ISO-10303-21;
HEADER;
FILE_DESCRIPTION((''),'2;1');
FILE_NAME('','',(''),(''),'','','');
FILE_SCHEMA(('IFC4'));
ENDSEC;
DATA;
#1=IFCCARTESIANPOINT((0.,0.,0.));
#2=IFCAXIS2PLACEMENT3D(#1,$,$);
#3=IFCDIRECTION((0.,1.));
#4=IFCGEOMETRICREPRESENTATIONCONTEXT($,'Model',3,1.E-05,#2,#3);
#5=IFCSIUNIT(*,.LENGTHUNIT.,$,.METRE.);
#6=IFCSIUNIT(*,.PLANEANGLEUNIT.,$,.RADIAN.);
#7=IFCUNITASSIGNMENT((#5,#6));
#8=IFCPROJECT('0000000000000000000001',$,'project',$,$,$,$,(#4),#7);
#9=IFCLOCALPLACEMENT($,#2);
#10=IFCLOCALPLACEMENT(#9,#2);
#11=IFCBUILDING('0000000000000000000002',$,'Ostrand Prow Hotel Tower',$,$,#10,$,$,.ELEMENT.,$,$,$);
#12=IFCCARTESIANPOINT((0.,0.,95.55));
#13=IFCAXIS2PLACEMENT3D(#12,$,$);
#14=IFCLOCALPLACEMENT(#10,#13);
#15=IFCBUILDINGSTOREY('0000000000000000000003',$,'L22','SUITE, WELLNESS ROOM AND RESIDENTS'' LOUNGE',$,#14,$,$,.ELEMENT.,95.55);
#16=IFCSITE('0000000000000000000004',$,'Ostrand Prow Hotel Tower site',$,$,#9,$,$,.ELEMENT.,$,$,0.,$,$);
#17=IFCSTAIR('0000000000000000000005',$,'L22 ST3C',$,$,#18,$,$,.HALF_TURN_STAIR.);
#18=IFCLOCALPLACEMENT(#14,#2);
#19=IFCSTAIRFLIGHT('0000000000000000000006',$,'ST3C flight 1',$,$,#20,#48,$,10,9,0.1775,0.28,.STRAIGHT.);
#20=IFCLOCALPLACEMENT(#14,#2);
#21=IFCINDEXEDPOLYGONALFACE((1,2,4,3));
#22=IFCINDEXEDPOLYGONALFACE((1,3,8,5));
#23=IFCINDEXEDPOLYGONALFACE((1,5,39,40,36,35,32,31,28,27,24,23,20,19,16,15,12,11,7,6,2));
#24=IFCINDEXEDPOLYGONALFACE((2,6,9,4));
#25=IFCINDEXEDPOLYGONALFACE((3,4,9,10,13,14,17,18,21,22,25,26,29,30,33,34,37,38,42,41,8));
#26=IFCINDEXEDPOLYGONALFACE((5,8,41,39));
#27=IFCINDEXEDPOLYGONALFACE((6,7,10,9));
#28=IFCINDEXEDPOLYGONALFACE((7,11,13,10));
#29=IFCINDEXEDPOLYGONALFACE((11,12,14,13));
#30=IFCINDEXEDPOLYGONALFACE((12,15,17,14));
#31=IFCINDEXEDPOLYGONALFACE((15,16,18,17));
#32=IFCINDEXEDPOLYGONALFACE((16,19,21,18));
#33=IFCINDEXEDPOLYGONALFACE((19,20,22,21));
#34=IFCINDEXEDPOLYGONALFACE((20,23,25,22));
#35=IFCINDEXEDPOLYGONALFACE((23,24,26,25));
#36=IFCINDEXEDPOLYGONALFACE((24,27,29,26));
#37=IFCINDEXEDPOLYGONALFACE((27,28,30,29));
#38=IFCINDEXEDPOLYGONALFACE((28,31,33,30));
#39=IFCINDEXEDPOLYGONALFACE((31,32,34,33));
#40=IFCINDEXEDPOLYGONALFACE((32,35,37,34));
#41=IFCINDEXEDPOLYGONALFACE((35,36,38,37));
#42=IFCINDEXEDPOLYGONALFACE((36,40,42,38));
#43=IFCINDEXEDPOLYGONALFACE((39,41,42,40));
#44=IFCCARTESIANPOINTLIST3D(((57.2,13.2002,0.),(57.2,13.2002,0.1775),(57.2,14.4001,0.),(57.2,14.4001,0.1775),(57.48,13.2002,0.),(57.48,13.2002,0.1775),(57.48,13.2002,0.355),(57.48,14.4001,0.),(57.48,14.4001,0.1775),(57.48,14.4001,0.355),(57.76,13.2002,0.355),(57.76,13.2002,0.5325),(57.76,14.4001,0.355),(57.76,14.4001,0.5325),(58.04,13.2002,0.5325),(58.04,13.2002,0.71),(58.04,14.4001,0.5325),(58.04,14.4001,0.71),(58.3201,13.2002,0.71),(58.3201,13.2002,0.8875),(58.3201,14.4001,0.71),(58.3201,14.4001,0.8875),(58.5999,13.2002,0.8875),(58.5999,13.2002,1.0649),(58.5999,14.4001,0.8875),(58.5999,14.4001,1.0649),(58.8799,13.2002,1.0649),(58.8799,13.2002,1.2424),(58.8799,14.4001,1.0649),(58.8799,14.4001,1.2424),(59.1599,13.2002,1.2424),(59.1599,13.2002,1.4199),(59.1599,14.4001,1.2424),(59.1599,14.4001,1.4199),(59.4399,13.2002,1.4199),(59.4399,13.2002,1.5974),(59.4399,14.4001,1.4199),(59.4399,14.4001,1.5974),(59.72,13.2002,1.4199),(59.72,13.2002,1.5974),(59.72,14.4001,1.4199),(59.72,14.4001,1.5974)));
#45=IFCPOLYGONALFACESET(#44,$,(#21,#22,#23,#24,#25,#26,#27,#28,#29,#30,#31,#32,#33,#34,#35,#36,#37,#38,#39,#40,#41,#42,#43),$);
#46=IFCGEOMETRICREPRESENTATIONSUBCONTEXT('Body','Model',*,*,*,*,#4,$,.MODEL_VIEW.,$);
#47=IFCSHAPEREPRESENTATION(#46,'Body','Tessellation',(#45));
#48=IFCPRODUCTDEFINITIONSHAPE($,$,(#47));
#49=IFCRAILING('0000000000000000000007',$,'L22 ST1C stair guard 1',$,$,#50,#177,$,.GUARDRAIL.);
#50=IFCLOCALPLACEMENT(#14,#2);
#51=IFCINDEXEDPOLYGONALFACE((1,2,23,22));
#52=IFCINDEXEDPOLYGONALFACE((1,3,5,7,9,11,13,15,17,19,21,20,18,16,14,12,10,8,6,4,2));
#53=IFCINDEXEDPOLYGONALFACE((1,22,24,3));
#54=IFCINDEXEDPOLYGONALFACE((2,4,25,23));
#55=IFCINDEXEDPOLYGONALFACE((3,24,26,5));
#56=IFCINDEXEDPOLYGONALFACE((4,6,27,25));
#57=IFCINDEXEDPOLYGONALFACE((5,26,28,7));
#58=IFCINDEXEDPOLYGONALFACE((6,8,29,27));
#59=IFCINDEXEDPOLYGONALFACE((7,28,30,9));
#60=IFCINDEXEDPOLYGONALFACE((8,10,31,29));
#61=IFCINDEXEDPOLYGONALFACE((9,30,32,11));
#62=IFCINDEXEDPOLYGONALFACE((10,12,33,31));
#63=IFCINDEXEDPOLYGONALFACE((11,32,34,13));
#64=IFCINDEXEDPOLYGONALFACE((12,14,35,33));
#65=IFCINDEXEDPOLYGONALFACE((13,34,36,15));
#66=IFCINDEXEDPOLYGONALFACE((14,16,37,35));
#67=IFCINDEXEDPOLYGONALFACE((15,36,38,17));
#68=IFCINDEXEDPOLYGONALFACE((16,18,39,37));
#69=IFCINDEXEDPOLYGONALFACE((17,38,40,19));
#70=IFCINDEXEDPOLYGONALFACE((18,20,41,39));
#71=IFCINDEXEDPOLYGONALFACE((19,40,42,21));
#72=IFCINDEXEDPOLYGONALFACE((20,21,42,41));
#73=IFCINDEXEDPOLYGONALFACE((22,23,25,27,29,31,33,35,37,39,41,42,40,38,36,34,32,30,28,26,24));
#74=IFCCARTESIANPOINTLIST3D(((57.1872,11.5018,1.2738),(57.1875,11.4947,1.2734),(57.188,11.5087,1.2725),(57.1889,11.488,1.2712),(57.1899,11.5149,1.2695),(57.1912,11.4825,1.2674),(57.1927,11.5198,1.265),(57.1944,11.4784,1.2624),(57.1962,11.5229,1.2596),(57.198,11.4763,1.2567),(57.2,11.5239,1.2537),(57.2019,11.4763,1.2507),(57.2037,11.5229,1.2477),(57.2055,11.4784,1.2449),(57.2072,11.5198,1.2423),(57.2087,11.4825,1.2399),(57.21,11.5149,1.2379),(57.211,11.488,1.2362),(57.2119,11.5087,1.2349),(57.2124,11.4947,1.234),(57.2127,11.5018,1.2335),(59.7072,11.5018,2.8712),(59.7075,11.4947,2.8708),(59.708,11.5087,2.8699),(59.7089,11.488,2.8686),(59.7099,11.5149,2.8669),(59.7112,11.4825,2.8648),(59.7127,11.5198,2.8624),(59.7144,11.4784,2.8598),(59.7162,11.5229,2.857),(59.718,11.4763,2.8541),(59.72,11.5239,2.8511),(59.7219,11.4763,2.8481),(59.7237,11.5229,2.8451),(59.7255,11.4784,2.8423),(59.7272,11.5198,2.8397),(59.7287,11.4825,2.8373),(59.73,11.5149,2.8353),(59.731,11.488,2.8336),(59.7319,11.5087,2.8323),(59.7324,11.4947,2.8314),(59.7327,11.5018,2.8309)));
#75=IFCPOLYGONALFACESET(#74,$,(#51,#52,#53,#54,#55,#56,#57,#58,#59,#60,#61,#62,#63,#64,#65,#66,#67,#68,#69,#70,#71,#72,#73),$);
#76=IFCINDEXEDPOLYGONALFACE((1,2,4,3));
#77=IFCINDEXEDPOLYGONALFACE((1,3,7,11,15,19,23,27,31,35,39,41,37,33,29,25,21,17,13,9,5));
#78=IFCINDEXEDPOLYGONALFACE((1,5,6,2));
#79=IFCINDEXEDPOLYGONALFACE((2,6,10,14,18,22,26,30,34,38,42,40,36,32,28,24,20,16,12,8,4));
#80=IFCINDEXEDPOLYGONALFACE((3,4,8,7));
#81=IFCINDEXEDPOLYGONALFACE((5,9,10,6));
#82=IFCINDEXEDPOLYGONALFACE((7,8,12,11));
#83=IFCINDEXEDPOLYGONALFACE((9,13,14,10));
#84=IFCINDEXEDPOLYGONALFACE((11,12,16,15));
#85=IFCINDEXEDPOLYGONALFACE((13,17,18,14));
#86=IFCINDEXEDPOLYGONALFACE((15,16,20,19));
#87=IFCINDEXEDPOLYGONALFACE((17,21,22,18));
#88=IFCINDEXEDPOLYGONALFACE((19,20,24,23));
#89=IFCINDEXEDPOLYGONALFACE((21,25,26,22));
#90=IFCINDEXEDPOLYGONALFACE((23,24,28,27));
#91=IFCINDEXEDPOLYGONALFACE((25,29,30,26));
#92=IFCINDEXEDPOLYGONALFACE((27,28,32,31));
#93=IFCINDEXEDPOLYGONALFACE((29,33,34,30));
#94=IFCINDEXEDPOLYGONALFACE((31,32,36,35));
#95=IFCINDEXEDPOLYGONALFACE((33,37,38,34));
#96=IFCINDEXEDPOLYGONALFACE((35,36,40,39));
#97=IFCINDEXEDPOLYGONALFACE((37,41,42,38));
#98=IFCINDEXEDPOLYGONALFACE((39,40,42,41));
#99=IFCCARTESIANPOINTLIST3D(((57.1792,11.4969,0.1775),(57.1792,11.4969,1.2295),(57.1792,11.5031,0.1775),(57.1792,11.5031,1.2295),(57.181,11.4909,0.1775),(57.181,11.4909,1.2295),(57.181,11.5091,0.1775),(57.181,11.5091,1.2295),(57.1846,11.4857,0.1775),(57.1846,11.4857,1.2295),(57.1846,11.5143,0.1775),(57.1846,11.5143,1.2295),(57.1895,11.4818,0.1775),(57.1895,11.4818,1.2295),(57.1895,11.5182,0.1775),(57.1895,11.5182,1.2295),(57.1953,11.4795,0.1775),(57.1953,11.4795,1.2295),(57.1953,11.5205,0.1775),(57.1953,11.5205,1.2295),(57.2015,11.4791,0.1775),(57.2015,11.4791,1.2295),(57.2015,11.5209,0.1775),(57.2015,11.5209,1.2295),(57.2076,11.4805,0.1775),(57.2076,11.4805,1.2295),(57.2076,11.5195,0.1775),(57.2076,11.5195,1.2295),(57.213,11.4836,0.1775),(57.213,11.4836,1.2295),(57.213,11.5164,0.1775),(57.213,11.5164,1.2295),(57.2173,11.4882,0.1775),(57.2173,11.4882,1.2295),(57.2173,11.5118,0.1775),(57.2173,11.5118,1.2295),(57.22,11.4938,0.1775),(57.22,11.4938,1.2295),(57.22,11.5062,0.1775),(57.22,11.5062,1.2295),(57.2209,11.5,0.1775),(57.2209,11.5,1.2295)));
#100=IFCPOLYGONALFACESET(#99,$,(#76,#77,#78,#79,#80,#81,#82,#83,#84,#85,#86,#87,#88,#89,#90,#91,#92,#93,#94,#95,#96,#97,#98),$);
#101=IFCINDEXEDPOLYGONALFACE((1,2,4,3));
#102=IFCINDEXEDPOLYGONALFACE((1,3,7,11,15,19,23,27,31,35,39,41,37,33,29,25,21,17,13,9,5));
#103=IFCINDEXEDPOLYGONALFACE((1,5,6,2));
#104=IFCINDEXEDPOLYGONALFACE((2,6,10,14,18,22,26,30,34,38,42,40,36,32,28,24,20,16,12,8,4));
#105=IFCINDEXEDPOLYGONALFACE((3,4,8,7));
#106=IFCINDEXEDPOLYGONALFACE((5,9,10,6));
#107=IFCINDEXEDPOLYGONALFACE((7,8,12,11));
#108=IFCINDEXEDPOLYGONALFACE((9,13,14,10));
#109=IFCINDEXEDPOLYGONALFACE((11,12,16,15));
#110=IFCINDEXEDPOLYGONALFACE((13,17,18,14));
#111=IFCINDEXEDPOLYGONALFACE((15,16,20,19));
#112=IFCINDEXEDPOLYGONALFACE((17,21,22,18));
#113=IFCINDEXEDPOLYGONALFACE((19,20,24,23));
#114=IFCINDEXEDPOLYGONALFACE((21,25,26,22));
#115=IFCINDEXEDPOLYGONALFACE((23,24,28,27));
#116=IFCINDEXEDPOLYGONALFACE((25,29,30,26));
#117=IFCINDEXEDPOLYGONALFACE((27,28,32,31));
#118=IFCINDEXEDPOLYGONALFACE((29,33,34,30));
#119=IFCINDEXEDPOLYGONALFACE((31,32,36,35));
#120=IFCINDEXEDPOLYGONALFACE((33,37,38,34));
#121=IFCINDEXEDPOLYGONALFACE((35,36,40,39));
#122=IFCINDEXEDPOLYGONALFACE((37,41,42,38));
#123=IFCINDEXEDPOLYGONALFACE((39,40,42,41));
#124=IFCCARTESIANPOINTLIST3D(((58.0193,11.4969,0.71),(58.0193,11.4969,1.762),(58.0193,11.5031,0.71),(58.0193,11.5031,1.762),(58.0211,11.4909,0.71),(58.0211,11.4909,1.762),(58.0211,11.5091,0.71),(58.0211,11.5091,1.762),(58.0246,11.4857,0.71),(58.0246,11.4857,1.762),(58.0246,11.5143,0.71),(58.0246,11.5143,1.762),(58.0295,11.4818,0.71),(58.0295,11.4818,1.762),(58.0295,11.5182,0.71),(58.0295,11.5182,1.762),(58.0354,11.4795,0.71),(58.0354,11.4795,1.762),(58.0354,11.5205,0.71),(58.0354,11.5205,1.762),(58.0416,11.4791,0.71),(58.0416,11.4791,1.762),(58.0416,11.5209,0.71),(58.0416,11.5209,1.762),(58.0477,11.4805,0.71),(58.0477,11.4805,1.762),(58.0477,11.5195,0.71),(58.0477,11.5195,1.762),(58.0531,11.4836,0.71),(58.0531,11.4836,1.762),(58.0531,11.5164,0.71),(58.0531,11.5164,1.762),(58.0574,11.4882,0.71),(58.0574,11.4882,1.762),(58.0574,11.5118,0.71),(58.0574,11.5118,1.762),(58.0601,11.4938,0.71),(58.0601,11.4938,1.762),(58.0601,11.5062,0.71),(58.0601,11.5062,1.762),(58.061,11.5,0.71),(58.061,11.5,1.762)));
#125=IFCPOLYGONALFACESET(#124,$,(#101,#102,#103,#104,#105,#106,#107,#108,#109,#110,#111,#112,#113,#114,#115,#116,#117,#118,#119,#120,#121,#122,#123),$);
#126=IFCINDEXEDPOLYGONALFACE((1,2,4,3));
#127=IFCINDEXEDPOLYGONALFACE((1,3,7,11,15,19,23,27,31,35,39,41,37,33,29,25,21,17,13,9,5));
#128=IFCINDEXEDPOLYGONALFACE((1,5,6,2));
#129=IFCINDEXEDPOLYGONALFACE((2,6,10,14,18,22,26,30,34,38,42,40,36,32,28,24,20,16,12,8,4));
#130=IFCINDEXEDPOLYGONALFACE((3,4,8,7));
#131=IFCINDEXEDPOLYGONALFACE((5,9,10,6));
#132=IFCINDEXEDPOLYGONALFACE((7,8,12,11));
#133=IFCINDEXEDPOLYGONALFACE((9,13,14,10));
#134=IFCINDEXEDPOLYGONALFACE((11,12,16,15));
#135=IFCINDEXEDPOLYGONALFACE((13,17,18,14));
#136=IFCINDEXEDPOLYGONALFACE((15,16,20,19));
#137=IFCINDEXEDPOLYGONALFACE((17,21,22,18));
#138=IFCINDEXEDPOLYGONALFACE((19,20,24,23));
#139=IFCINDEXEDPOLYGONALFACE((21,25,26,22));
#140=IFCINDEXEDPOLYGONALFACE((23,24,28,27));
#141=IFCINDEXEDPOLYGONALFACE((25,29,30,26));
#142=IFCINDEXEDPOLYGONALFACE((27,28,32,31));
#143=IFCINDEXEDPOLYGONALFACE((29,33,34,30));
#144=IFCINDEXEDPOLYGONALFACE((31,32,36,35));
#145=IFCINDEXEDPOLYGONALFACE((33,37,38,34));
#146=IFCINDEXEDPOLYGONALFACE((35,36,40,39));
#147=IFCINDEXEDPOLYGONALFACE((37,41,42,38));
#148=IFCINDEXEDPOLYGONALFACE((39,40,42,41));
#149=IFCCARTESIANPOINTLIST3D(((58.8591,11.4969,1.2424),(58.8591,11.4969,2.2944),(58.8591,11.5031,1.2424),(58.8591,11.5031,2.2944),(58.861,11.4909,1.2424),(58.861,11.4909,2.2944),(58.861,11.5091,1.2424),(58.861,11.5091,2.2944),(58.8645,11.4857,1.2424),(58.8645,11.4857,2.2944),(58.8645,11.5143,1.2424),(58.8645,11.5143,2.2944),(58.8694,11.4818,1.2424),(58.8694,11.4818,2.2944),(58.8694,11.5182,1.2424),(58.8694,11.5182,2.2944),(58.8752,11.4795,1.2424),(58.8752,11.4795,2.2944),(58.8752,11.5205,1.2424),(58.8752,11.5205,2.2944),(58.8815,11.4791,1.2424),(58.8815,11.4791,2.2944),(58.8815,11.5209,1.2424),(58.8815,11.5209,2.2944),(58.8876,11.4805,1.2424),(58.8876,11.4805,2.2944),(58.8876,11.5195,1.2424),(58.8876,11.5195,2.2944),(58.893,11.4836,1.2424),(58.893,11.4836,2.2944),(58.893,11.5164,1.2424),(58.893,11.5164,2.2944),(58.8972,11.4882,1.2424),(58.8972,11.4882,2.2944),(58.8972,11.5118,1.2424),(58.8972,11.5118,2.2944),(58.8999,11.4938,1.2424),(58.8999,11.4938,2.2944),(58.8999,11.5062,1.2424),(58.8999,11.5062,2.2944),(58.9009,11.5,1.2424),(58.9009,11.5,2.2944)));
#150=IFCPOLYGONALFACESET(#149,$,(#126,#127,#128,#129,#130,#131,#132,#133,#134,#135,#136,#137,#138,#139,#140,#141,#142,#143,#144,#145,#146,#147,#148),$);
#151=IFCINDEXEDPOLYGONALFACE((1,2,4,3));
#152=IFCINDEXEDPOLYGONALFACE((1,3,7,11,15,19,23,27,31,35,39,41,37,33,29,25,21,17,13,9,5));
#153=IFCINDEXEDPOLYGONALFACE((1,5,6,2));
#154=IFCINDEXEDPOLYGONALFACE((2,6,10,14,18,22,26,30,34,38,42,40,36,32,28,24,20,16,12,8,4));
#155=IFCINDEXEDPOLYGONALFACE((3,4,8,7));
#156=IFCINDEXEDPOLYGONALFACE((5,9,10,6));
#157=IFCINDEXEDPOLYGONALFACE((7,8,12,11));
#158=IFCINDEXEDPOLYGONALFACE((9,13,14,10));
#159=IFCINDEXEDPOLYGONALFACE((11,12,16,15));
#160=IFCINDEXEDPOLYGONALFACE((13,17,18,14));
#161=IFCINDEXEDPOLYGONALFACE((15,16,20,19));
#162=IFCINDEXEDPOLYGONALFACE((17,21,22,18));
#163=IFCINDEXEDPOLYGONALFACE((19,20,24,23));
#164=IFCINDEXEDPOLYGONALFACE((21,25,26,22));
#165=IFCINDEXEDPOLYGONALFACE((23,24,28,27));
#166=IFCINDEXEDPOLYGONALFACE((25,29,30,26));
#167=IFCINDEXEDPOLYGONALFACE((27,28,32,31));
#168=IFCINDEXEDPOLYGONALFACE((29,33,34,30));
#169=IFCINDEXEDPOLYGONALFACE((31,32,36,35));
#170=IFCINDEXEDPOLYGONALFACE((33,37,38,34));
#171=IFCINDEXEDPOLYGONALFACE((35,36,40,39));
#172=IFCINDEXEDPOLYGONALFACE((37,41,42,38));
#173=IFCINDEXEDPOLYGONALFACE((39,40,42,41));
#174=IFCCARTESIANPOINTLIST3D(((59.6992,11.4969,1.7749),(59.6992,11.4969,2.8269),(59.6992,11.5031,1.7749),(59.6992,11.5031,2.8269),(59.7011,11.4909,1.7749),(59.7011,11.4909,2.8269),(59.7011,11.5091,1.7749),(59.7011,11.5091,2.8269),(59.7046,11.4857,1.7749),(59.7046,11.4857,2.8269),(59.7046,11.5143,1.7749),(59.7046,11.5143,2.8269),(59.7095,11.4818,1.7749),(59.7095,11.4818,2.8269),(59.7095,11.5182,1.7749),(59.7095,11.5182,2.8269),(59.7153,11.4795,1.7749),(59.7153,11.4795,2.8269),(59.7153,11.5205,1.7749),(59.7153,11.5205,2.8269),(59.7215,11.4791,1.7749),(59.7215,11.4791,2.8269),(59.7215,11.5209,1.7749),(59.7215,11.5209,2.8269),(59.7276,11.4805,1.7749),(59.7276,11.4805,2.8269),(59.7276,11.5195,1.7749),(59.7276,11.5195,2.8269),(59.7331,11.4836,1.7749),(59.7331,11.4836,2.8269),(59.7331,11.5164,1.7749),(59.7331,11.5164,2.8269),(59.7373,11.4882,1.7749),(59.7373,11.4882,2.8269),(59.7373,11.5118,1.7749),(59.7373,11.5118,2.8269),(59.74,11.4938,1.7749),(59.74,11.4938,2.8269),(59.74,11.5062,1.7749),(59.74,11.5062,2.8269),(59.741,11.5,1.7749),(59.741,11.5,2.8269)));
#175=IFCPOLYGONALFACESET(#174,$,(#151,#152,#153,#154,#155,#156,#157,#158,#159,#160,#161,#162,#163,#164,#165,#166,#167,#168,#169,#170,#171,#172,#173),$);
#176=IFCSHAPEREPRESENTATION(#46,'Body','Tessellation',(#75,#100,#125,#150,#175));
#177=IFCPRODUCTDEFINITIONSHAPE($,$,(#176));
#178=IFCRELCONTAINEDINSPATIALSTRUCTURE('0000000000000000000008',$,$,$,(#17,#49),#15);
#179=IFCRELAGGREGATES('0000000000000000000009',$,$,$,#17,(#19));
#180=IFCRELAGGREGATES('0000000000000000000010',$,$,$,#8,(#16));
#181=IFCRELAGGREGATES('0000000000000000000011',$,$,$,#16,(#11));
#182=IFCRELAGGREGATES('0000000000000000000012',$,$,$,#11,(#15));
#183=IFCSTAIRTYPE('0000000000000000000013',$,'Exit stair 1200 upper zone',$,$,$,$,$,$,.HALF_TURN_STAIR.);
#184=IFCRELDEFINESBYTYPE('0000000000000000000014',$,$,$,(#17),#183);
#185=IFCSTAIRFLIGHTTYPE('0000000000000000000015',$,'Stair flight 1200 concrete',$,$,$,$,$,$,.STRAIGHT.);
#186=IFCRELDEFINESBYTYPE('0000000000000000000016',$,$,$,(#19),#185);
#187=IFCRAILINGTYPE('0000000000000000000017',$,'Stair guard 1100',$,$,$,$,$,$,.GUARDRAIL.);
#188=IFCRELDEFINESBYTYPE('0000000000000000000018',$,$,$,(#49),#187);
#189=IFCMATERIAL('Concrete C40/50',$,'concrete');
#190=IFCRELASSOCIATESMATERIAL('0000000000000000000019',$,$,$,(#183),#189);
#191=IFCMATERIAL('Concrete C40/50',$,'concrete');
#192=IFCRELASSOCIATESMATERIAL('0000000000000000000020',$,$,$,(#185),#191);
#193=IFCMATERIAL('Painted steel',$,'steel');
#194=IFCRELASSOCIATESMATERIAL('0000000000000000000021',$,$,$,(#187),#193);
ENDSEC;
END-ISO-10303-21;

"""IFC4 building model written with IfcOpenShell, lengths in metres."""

from ifc_helpers import new_model, si_unit, direction, frame, origin, origin_2d, place, context, subcontext, project, spatial, polyline, circle, outline, extrude, material, type_object, element, aggregate, save


model = new_model("IFC4")

# Units and contexts
model_context = context("Model", 3, precision=1e-05, world=origin(), true_north=direction((0.0, 1.0)))
body_context = subcontext(model_context, "Body", "Model", "MODEL_VIEW")
ifc_project = project(units=[si_unit("LENGTHUNIT", "METRE"), si_unit("PLANEANGLEUNIT", "RADIAN")], contexts=[model_context])

# Site, building, storey
site_placement = place(None, origin())
site = spatial("IfcSite", under=ifc_project, at=site_placement, Name="Ostrand Prow Hotel Tower site", CompositionType="ELEMENT", RefElevation=0.0)
building_placement = place(site_placement, origin())
building = spatial("IfcBuilding", under=site, at=building_placement, Name="Ostrand Prow Hotel Tower", CompositionType="ELEMENT")
storey_placement = place(building_placement, frame((0.0, 0.0, 95.55)))
storey = spatial("IfcBuildingStorey", under=building, at=storey_placement, Name="L22", Description="SUITE, WELLNESS ROOM AND RESIDENTS' LOUNGE", CompositionType="ELEMENT", Elevation=95.55)

# Shared definitions
ifc_material_1 = material(Name="Concrete C40/50", Category="concrete")
stair_type = type_object("IfcStairType", Name="Exit stair 1200 upper zone", PredefinedType="HALF_TURN_STAIR", material=ifc_material_1)
ifc_material_2 = material(Name="Concrete C40/50", Category="concrete")
stair_flight_type = type_object("IfcStairFlightType", Name="Stair flight 1200 concrete", PredefinedType="STRAIGHT", material=ifc_material_2)

# Stair, stair flight
stair_1_placement = place(storey_placement, origin())
stair_1 = element("IfcStair", 1, at=stair_1_placement, inside=storey, type_object=stair_type, Name="L22 ST3C", PredefinedType="HALF_TURN_STAIR")
stair_flight_1_placement = place(storey_placement, frame((57.2, 13.8, 0.0), z_axis=(0.0, 0.0, 1.0), x_axis=(1.0, 0.0, 0.0)))
stair_flight_1 = element("IfcStairFlight", 2, at=stair_flight_1_placement, type_object=stair_flight_type, Name="ST3C flight 1", NumberOfRisers=10, NumberOfTreads=9, PredefinedType="STRAIGHT", RiserHeight=0.1775, TreadLength=0.28, context=body_context, shape_type="SweptSolid", body=[
    extrude(outline(polyline([(0.0, 0.0), (0.0, 0.1775), (0.28, 0.1775), (0.28, 0.355), (0.5601, 0.355), (0.5601, 0.5325), (0.8401, 0.5325), (0.8401, 0.71), (1.1201, 0.71), (1.1201, 0.8875), (1.3999, 0.8875), (1.3999, 1.0649), (1.6799, 1.0649), (1.6799, 1.2424), (1.96, 1.2424), (1.96, 1.4199), (2.24, 1.4199), (2.24, 1.5974), (2.52, 1.5974), (2.52, 1.7749), (2.52, 1.4199), (0.28, 0.0), (0.0, 0.0)])), frame((0.0, 0.6001, 0.0), z_axis=(0.0, -1.0, 0.0), x_axis=(1.0, 0.0, 0.0)), (0.0, 0.0, 1.0), 1.2),
])
aggregate(stair_1, [stair_flight_1])

# Railing
ifc_material_3 = material(Name="Painted steel", Category="steel")
railing_type_1 = type_object("IfcRailingType", Name="Stair guard 1100", PredefinedType="GUARDRAIL", material=ifc_material_3)
railing_1_placement = place(storey_placement, frame((57.2, 11.5, 0.1775)))
element("IfcRailing", 3, at=railing_1_placement, inside=storey, type_object=railing_type_1, Name="L22 ST1C stair guard 1", PredefinedType="GUARDRAIL", context=body_context, shape_type="SweptSolid", body=[
    extrude(circle(Radius=0.0239, at=origin_2d()), frame((0.0, 0.0, 1.0762), z_axis=(0.844607, 0.0, 0.535387), x_axis=(0.0, 1.0, 0.0)), (0.0, 0.0, 1.0), 2.9836),
    extrude(circle(Radius=0.021, at=origin_2d()), origin(), (0.0, 0.0, 1.0), 1.052),
    extrude(circle(Radius=0.021, at=origin_2d()), frame((0.8401, 0.0, 0.5325)), (0.0, 0.0, 1.0), 1.052),
    extrude(circle(Radius=0.021, at=origin_2d()), frame((1.6799, 0.0, 1.0649)), (0.0, 0.0, 1.0), 1.052),
    extrude(circle(Radius=0.021, at=origin_2d()), frame((2.52, 0.0, 1.5974)), (0.0, 0.0, 1.0), 1.052),
])

save(model, "model.ifc")
